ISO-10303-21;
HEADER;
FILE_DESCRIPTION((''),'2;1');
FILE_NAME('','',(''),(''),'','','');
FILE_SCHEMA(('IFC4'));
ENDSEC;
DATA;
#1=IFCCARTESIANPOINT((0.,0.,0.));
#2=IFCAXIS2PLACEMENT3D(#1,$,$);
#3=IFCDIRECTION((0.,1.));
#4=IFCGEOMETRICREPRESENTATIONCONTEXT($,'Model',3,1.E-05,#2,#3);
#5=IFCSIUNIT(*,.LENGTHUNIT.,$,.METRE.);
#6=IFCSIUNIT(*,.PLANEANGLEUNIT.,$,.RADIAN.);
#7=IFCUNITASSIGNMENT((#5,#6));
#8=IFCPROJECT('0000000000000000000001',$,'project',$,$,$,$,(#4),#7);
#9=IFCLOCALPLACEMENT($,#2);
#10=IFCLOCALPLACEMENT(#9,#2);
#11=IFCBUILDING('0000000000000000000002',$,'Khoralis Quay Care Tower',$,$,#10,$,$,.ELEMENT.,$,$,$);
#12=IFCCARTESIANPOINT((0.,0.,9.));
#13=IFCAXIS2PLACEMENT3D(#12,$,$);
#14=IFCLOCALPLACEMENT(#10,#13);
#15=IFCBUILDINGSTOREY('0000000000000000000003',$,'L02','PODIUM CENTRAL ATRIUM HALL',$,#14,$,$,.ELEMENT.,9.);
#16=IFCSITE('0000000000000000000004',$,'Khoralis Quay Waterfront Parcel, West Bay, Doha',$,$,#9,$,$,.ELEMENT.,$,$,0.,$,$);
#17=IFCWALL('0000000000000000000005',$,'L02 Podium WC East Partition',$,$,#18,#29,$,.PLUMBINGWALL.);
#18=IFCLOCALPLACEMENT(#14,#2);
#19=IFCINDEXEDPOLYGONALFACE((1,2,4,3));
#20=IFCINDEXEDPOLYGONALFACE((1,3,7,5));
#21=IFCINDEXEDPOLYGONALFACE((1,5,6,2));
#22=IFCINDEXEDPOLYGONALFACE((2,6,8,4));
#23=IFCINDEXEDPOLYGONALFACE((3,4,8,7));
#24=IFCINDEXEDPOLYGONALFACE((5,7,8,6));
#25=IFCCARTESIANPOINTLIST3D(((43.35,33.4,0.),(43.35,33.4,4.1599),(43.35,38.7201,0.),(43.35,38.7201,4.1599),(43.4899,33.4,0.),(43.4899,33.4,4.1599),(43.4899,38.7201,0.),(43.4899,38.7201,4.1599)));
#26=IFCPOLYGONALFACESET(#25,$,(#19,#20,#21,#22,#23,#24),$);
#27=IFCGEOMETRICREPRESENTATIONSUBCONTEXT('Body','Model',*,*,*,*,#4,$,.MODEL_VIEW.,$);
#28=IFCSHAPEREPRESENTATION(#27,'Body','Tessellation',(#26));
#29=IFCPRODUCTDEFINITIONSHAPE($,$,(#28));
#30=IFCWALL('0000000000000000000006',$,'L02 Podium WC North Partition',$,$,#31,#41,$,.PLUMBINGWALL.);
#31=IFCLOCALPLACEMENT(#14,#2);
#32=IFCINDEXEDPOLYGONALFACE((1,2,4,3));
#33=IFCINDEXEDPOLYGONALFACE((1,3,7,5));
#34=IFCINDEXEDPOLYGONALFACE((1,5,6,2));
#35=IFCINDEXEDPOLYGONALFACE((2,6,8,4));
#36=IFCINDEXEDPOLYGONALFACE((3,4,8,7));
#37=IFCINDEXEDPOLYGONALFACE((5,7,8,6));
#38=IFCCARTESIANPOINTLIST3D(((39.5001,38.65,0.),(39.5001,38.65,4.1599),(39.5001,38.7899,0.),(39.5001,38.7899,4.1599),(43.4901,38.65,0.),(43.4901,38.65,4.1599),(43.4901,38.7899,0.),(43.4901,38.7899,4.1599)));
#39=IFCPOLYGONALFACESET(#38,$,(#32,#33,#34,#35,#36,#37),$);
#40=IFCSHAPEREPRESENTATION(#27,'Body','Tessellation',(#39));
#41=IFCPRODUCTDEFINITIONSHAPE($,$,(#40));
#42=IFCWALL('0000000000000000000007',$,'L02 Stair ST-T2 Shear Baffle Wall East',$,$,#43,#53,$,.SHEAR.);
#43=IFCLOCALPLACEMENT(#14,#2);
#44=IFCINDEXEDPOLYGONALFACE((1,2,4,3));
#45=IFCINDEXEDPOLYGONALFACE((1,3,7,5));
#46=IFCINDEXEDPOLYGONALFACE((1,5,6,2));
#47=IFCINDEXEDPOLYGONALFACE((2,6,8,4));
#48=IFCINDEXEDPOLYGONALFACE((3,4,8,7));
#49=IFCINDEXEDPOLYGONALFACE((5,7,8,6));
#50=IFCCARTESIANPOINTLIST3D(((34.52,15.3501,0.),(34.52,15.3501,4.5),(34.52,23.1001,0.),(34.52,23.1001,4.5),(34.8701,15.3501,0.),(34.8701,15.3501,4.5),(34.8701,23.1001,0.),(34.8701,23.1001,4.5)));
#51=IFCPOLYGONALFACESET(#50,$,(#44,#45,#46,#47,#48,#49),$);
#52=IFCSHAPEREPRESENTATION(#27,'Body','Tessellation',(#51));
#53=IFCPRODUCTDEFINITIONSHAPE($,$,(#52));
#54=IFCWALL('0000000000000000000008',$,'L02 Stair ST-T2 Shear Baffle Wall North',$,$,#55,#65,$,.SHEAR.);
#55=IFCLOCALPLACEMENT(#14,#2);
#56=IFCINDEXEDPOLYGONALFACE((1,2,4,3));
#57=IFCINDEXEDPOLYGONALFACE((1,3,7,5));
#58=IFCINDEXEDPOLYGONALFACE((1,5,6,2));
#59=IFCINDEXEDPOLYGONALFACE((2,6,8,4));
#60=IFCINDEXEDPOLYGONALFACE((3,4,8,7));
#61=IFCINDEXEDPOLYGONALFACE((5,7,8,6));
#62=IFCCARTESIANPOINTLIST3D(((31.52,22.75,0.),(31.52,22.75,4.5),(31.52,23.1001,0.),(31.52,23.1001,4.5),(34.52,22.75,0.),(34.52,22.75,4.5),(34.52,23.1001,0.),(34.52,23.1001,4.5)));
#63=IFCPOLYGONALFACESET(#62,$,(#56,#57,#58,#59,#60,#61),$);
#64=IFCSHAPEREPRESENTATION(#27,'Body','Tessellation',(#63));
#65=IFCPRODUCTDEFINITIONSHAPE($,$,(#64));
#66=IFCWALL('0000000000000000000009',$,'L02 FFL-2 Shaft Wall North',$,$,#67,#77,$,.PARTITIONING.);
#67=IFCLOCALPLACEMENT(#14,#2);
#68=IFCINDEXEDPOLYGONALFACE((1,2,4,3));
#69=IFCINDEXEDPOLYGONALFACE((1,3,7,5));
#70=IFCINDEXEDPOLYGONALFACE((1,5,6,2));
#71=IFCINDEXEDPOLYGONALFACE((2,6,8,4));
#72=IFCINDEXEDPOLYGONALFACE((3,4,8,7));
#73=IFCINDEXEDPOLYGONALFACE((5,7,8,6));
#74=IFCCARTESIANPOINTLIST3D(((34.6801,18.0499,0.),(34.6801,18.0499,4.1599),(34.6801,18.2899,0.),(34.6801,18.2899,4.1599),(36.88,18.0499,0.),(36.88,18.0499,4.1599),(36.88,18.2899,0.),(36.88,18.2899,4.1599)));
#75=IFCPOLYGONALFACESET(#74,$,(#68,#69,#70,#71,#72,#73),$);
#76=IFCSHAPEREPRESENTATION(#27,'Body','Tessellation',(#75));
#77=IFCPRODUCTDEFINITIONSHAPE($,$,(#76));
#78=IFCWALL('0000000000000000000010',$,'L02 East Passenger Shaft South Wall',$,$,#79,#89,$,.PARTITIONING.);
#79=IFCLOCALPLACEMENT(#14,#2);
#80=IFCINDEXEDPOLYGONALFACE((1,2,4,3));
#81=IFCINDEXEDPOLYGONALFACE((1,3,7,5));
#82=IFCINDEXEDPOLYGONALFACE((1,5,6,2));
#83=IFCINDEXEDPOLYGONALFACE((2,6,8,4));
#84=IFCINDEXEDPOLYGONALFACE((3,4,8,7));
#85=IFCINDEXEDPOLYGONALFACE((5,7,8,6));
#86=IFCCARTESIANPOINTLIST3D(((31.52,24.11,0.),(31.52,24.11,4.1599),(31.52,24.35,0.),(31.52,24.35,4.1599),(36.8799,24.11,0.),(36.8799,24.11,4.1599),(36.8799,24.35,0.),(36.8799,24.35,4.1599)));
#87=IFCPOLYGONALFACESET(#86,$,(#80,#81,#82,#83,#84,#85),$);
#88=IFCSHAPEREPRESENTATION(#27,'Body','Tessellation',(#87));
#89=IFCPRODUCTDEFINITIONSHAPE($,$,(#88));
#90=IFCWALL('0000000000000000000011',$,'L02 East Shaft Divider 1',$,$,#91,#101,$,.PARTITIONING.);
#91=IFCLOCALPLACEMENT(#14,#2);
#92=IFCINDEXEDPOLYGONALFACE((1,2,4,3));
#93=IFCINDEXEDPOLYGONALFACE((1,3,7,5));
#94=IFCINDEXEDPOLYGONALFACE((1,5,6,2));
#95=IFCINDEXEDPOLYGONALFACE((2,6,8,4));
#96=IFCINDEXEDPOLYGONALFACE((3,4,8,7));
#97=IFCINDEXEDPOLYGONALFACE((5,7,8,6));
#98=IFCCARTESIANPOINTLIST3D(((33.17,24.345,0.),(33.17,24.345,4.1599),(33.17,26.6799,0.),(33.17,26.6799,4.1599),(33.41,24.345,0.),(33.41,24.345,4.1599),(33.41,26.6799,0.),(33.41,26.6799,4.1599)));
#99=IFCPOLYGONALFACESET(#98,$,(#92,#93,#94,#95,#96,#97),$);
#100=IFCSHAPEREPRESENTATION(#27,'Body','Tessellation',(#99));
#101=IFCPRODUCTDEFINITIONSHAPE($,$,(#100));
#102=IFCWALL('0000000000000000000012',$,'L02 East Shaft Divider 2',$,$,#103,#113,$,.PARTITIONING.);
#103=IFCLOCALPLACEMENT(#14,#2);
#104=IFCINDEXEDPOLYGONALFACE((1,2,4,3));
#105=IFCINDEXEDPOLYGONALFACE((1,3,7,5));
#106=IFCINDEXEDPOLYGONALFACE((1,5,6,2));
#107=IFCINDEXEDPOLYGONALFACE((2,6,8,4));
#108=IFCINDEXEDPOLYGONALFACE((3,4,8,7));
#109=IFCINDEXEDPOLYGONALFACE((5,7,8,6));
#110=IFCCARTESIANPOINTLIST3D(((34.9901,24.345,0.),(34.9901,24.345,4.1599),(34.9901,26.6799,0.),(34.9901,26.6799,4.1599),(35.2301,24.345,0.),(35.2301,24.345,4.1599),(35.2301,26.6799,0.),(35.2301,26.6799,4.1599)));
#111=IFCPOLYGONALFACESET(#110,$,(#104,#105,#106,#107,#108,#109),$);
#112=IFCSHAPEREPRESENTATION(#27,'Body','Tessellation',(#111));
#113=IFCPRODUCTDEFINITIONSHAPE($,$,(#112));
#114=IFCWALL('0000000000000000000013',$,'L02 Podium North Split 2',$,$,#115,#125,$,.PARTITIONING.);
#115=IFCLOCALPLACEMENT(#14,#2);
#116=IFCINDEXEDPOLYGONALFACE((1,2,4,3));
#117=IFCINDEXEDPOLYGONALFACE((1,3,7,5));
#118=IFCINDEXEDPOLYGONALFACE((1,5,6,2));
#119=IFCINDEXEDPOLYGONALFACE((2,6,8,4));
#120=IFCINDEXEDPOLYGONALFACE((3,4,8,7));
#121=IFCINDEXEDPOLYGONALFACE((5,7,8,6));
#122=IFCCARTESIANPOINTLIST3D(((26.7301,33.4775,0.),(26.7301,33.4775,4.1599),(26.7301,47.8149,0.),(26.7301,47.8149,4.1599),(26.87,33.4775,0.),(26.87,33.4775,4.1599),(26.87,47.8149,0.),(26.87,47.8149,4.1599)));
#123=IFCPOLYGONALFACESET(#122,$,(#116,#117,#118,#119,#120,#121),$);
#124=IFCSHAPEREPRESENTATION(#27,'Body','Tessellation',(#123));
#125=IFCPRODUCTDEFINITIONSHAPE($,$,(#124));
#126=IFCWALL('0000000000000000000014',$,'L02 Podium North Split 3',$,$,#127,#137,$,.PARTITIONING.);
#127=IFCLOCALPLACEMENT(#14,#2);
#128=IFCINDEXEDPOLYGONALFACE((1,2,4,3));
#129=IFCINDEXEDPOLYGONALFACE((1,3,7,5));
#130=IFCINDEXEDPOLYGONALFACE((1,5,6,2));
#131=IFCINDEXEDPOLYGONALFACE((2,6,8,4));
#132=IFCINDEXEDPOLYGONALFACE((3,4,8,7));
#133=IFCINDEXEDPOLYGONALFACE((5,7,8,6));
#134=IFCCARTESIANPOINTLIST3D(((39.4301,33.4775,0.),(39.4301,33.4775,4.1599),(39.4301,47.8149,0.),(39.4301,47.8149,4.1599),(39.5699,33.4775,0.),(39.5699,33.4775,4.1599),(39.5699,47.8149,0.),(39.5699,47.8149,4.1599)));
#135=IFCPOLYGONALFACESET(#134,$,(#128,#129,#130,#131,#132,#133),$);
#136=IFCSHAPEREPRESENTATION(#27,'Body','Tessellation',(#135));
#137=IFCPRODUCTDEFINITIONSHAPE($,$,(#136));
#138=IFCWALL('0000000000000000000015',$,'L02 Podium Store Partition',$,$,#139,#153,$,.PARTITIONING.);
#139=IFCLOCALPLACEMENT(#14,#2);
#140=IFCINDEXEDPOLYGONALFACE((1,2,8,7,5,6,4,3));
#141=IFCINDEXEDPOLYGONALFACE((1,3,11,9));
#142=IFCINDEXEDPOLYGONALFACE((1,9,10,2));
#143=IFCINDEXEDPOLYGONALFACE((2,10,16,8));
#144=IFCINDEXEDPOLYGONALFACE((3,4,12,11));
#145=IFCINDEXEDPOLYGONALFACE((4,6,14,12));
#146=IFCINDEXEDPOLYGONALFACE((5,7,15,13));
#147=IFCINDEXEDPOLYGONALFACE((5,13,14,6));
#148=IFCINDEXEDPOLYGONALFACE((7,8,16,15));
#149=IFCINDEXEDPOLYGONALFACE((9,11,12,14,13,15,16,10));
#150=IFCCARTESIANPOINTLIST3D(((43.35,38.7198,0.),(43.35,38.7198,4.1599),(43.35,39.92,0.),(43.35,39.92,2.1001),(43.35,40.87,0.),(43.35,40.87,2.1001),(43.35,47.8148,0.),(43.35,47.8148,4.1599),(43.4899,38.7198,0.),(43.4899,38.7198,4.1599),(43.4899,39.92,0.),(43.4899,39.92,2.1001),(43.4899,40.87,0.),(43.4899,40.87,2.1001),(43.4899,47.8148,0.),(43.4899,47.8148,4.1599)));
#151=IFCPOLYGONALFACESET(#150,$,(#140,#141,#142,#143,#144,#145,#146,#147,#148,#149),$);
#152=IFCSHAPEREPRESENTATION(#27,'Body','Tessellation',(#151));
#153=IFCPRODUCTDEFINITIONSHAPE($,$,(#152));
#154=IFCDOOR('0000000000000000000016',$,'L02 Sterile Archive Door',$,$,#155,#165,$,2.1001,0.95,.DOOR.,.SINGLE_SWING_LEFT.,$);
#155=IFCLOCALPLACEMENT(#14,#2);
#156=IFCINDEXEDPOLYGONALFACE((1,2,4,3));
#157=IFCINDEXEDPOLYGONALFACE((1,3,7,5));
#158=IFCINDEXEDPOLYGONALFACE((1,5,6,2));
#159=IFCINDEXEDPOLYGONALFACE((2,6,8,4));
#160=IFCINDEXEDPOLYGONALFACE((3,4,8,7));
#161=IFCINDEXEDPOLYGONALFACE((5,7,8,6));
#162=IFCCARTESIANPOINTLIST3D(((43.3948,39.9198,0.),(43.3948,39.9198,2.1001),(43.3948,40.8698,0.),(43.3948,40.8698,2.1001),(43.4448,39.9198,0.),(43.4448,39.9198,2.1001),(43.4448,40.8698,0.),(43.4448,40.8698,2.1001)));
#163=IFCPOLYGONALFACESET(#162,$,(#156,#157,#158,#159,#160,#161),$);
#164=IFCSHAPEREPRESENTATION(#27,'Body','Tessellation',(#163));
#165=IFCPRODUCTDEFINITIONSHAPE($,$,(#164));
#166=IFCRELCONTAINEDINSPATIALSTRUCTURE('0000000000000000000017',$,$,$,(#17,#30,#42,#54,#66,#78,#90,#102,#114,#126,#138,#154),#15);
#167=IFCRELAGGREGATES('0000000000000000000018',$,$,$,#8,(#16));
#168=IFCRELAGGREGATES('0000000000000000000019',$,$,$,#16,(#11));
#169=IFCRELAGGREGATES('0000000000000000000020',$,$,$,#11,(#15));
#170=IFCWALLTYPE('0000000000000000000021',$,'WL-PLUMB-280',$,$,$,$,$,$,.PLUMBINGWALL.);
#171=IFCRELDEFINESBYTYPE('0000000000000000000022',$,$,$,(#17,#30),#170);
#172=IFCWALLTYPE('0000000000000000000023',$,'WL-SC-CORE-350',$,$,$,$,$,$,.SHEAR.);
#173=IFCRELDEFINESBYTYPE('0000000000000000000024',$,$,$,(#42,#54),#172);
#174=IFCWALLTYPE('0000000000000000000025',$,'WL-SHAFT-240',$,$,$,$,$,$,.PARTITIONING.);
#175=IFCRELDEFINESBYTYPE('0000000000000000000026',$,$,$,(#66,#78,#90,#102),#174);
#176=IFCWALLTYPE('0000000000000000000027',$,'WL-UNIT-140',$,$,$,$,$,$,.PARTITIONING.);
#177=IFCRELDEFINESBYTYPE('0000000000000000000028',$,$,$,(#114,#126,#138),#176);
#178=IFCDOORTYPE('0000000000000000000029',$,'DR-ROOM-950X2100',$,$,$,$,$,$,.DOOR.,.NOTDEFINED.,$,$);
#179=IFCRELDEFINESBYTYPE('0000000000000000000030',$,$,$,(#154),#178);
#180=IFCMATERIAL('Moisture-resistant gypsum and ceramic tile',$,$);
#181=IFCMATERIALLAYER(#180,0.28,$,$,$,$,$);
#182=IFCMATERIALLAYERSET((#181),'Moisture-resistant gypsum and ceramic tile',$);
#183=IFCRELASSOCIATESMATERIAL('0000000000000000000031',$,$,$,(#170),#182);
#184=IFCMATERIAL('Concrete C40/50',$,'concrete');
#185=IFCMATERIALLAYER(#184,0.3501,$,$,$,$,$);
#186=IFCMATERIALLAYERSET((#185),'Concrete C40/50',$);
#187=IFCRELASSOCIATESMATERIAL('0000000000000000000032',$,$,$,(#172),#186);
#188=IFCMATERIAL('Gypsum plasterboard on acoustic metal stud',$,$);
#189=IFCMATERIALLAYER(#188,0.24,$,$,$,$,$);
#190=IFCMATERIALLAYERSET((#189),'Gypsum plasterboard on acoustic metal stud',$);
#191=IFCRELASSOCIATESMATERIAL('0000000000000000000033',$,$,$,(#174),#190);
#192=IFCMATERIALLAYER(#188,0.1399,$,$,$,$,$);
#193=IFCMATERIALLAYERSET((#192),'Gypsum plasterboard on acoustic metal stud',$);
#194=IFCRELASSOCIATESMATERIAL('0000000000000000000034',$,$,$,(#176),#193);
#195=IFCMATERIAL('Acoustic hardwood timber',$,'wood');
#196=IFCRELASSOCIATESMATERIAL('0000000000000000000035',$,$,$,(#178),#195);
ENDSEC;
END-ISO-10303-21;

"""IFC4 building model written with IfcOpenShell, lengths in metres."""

from ifc_helpers import new_model, si_unit, direction, frame, frame_2d, origin, place, context, subcontext, project, spatial, rectangle, extrude, source, transform, mapped, material, layer, layer_set, type_object, element, fill, save


model = new_model("IFC4")

# Units and contexts
model_context = context("Model", 3, precision=1e-05, world=origin(), true_north=direction((0.0, 1.0)))
body_context = subcontext(model_context, "Body", "Model", "MODEL_VIEW")
ifc_project = project(units=[si_unit("LENGTHUNIT", "METRE"), si_unit("PLANEANGLEUNIT", "RADIAN")], contexts=[model_context])

# Site, building, storey
site_placement = place(None, origin())
site = spatial("IfcSite", under=ifc_project, at=site_placement, Name="Khoralis Quay Waterfront Parcel, West Bay, Doha", CompositionType="ELEMENT", RefElevation=0.0)
building_placement = place(site_placement, origin())
building = spatial("IfcBuilding", under=site, at=building_placement, Name="Khoralis Quay Care Tower", CompositionType="ELEMENT")
storey_placement = place(building_placement, frame((0.0, 0.0, 9.0)))
storey = spatial("IfcBuildingStorey", under=building, at=storey_placement, Name="L02", Description="PODIUM CENTRAL ATRIUM HALL", CompositionType="ELEMENT", Elevation=9.0)

# Shared definitions
ifc_material_1 = material(Name="Gypsum plasterboard on acoustic metal stud")

# Walls
ifc_material_2 = material(Name="Moisture-resistant gypsum and ceramic tile")
ifc_layer_1 = layer(ifc_material_2, 0.28)
ifc_layer_set_1 = layer_set([ifc_layer_1], Name="Moisture-resistant gypsum and ceramic tile")
wall_type_1 = type_object("IfcWallType", Name="WL-PLUMB-280", PredefinedType="PLUMBINGWALL", material=ifc_layer_set_1)
wall_1_placement = place(storey_placement, frame((43.4199, 33.3999, 0.0), z_axis=(0.0, 0.0, 1.0), x_axis=(0.0, 1.0, 0.0)))
element("IfcWall", 1, at=wall_1_placement, inside=storey, type_object=wall_type_1, Name="L02 Podium WC East Partition", PredefinedType="PLUMBINGWALL", context=body_context, shape_type="SweptSolid", body=[
    extrude(rectangle(XDim=5.3201, YDim=0.1399, at=frame_2d((2.6602, 0.0))), origin(), (0.0, 0.0, 1.0), 4.1599),
])
wall_2_placement = place(storey_placement, frame((39.5, 38.72, 0.0), z_axis=(0.0, 0.0, 1.0), x_axis=(1.0, 0.0, 0.0)))
element("IfcWall", 2, at=wall_2_placement, inside=storey, type_object=wall_type_1, Name="L02 Podium WC North Partition", PredefinedType="PLUMBINGWALL", context=body_context, shape_type="SweptSolid", body=[
    extrude(rectangle(XDim=3.99, YDim=0.1399, at=frame_2d((1.9951, 0.0))), origin(), (0.0, 0.0, 1.0), 4.1599),
])
ifc_material_3 = material(Name="Concrete C40/50", Category="concrete")
ifc_layer_2 = layer(ifc_material_3, 0.3501)
ifc_layer_set_2 = layer_set([ifc_layer_2], Name="Concrete C40/50")
wall_type_2 = type_object("IfcWallType", Name="WL-SC-CORE-350", PredefinedType="SHEAR", material=ifc_layer_set_2)
wall_3_placement = place(storey_placement, frame((34.6951, 15.3501, 0.0), z_axis=(0.0, 0.0, 1.0), x_axis=(0.0, 1.0, 0.0)))
element("IfcWall", 3, at=wall_3_placement, inside=storey, type_object=wall_type_2, Name="L02 Stair ST-T2 Shear Baffle Wall East", PredefinedType="SHEAR", context=body_context, shape_type="SweptSolid", body=[
    extrude(rectangle(XDim=7.75, YDim=0.3501, at=frame_2d((3.875, 0.0))), origin(), (0.0, 0.0, 1.0), 4.5),
])
wall_4_placement = place(storey_placement, frame((31.52, 22.925, 0.0), z_axis=(0.0, 0.0, 1.0), x_axis=(1.0, 0.0, 0.0)))
element("IfcWall", 4, at=wall_4_placement, inside=storey, type_object=wall_type_2, Name="L02 Stair ST-T2 Shear Baffle Wall North", PredefinedType="SHEAR", context=body_context, shape_type="SweptSolid", body=[
    extrude(rectangle(XDim=3.0, YDim=0.3501, at=frame_2d((1.5, 0.0))), origin(), (0.0, 0.0, 1.0), 4.5),
])
ifc_layer_3 = layer(ifc_material_1, 0.24)
ifc_layer_set_3 = layer_set([ifc_layer_3], Name="Gypsum plasterboard on acoustic metal stud")
wall_type_3 = type_object("IfcWallType", Name="WL-SHAFT-240", PredefinedType="PARTITIONING", material=ifc_layer_set_3)
wall_5_placement = place(storey_placement, frame((34.6799, 18.1699, 0.0), z_axis=(0.0, 0.0, 1.0), x_axis=(1.0, 0.0, 0.0)))
element("IfcWall", 5, at=wall_5_placement, inside=storey, type_object=wall_type_3, Name="L02 FFL-2 Shaft Wall North", PredefinedType="PARTITIONING", context=body_context, shape_type="SweptSolid", body=[
    extrude(rectangle(XDim=2.2, YDim=0.24, at=frame_2d((1.1001, 0.0))), origin(), (0.0, 0.0, 1.0), 4.1599),
])
wall_6_placement = place(storey_placement, frame((31.52, 24.23, 0.0), z_axis=(0.0, 0.0, 1.0), x_axis=(1.0, 0.0, 0.0)))
element("IfcWall", 6, at=wall_6_placement, inside=storey, type_object=wall_type_3, Name="L02 East Passenger Shaft South Wall", PredefinedType="PARTITIONING", context=body_context, shape_type="SweptSolid", body=[
    extrude(rectangle(XDim=5.3599, YDim=0.24, at=frame_2d((2.6799, 0.0))), origin(), (0.0, 0.0, 1.0), 4.1599),
])
for number, where, z_axis, x_axis, name in (
    (7, (33.29, 24.345, 0.0), (0.0, 0.0, 1.0), (0.0, 1.0, 0.0), "L02 East Shaft Divider 1"),
    (8, (35.1101, 24.345, 0.0), (0.0, 0.0, 1.0), (0.0, 1.0, 0.0), "L02 East Shaft Divider 2"),
):
    element("IfcWall", number, at=place(storey_placement, frame(where, z_axis=z_axis, x_axis=x_axis)), inside=storey, type_object=wall_type_3, Name=name, PredefinedType="PARTITIONING", context=body_context, shape_type="SweptSolid", body=[
        extrude(rectangle(XDim=2.335, YDim=0.24, at=frame_2d((1.1675, 0.0))), origin(), (0.0, 0.0, 1.0), 4.1599),
    ])
ifc_layer_4 = layer(ifc_material_1, 0.1399)
ifc_layer_set_4 = layer_set([ifc_layer_4], Name="Gypsum plasterboard on acoustic metal stud")
wall_type_4 = type_object("IfcWallType", Name="WL-UNIT-140", PredefinedType="PARTITIONING", material=ifc_layer_set_4)
for number, where, z_axis, x_axis, name in (
    (9, (26.8, 33.4775, 0.0), (0.0, 0.0, 1.0), (0.0, 1.0, 0.0), "L02 Podium North Split 2"),
    (10, (39.5, 33.4775, 0.0), (0.0, 0.0, 1.0), (0.0, 1.0, 0.0), "L02 Podium North Split 3"),
):
    element("IfcWall", number, at=place(storey_placement, frame(where, z_axis=z_axis, x_axis=x_axis)), inside=storey, type_object=wall_type_4, Name=name, PredefinedType="PARTITIONING", context=body_context, shape_type="SweptSolid", body=[
        extrude(rectangle(XDim=14.3374, YDim=0.1399, at=frame_2d((7.1687, 0.0))), origin(), (0.0, 0.0, 1.0), 4.1599),
    ])

# Wall, opening, door
wall_7_placement = place(storey_placement, frame((43.4199, 38.72, 0.0), z_axis=(0.0, 0.0, 1.0), x_axis=(0.0, 1.0, 0.0)))
wall_7 = element("IfcWall", 11, at=wall_7_placement, inside=storey, type_object=wall_type_4, Name="L02 Podium Store Partition", PredefinedType="PARTITIONING", context=body_context, shape_type="SweptSolid", body=[
    extrude(rectangle(XDim=9.095, YDim=0.1399, at=frame_2d((4.5474, 0.0))), origin(), (0.0, 0.0, 1.0), 4.1599),
])
opening_1_placement = place(wall_7_placement, frame((1.2, 0.0, 0.0)))
opening_1 = element("IfcOpeningElement", 12, at=opening_1_placement, cuts=wall_7, PredefinedType="OPENING", context=body_context, shape_type="SweptSolid", body=[
    extrude(rectangle(XDim=0.95, YDim=2.1001, at=frame_2d((0.4751, 1.05))), frame((0.0, 0.0801, 0.0), z_axis=(0.0, -1.0, 0.0), x_axis=(1.0, 0.0, 0.0)), (0.0, 0.0, 1.0), 0.1599),
])
ifc_material_4 = material(Name="Acoustic hardwood timber", Category="wood")
door_type_1 = type_object("IfcDoorType", Name="DR-ROOM-950X2100", OperationType="NOTDEFINED", PredefinedType="DOOR", material=ifc_material_4)
shared_shape_1 = source(origin(), body_context, "Body", "SweptSolid", [
    extrude(rectangle(XDim=0.95, YDim=2.1001, at=frame_2d((0.4751, 1.05))), frame((0.0, 0.0249, 0.0), z_axis=(0.0, -1.0, 0.0), x_axis=(1.0, 0.0, 0.0)), (0.0, 0.0, 1.0), 0.05),
])
door_1_placement = place(opening_1_placement, frame((0.95, 0.0, 0.0), z_axis=(0.0, 0.0, 1.0), x_axis=(-1.0, 0.0, 0.0)))
door_1 = element("IfcDoor", 13, at=door_1_placement, inside=storey, type_object=door_type_1, Name="L02 Sterile Archive Door", OperationType="SINGLE_SWING_LEFT", OverallHeight=2.1001, OverallWidth=0.95, PredefinedType="DOOR", context=body_context, shape_type="MappedRepresentation", body=[
    mapped(shared_shape_1, transform((0.0, 0.0, 0.0), scale=1.0)),
])
fill(opening_1, door_1)

save(model, "model.ifc")
